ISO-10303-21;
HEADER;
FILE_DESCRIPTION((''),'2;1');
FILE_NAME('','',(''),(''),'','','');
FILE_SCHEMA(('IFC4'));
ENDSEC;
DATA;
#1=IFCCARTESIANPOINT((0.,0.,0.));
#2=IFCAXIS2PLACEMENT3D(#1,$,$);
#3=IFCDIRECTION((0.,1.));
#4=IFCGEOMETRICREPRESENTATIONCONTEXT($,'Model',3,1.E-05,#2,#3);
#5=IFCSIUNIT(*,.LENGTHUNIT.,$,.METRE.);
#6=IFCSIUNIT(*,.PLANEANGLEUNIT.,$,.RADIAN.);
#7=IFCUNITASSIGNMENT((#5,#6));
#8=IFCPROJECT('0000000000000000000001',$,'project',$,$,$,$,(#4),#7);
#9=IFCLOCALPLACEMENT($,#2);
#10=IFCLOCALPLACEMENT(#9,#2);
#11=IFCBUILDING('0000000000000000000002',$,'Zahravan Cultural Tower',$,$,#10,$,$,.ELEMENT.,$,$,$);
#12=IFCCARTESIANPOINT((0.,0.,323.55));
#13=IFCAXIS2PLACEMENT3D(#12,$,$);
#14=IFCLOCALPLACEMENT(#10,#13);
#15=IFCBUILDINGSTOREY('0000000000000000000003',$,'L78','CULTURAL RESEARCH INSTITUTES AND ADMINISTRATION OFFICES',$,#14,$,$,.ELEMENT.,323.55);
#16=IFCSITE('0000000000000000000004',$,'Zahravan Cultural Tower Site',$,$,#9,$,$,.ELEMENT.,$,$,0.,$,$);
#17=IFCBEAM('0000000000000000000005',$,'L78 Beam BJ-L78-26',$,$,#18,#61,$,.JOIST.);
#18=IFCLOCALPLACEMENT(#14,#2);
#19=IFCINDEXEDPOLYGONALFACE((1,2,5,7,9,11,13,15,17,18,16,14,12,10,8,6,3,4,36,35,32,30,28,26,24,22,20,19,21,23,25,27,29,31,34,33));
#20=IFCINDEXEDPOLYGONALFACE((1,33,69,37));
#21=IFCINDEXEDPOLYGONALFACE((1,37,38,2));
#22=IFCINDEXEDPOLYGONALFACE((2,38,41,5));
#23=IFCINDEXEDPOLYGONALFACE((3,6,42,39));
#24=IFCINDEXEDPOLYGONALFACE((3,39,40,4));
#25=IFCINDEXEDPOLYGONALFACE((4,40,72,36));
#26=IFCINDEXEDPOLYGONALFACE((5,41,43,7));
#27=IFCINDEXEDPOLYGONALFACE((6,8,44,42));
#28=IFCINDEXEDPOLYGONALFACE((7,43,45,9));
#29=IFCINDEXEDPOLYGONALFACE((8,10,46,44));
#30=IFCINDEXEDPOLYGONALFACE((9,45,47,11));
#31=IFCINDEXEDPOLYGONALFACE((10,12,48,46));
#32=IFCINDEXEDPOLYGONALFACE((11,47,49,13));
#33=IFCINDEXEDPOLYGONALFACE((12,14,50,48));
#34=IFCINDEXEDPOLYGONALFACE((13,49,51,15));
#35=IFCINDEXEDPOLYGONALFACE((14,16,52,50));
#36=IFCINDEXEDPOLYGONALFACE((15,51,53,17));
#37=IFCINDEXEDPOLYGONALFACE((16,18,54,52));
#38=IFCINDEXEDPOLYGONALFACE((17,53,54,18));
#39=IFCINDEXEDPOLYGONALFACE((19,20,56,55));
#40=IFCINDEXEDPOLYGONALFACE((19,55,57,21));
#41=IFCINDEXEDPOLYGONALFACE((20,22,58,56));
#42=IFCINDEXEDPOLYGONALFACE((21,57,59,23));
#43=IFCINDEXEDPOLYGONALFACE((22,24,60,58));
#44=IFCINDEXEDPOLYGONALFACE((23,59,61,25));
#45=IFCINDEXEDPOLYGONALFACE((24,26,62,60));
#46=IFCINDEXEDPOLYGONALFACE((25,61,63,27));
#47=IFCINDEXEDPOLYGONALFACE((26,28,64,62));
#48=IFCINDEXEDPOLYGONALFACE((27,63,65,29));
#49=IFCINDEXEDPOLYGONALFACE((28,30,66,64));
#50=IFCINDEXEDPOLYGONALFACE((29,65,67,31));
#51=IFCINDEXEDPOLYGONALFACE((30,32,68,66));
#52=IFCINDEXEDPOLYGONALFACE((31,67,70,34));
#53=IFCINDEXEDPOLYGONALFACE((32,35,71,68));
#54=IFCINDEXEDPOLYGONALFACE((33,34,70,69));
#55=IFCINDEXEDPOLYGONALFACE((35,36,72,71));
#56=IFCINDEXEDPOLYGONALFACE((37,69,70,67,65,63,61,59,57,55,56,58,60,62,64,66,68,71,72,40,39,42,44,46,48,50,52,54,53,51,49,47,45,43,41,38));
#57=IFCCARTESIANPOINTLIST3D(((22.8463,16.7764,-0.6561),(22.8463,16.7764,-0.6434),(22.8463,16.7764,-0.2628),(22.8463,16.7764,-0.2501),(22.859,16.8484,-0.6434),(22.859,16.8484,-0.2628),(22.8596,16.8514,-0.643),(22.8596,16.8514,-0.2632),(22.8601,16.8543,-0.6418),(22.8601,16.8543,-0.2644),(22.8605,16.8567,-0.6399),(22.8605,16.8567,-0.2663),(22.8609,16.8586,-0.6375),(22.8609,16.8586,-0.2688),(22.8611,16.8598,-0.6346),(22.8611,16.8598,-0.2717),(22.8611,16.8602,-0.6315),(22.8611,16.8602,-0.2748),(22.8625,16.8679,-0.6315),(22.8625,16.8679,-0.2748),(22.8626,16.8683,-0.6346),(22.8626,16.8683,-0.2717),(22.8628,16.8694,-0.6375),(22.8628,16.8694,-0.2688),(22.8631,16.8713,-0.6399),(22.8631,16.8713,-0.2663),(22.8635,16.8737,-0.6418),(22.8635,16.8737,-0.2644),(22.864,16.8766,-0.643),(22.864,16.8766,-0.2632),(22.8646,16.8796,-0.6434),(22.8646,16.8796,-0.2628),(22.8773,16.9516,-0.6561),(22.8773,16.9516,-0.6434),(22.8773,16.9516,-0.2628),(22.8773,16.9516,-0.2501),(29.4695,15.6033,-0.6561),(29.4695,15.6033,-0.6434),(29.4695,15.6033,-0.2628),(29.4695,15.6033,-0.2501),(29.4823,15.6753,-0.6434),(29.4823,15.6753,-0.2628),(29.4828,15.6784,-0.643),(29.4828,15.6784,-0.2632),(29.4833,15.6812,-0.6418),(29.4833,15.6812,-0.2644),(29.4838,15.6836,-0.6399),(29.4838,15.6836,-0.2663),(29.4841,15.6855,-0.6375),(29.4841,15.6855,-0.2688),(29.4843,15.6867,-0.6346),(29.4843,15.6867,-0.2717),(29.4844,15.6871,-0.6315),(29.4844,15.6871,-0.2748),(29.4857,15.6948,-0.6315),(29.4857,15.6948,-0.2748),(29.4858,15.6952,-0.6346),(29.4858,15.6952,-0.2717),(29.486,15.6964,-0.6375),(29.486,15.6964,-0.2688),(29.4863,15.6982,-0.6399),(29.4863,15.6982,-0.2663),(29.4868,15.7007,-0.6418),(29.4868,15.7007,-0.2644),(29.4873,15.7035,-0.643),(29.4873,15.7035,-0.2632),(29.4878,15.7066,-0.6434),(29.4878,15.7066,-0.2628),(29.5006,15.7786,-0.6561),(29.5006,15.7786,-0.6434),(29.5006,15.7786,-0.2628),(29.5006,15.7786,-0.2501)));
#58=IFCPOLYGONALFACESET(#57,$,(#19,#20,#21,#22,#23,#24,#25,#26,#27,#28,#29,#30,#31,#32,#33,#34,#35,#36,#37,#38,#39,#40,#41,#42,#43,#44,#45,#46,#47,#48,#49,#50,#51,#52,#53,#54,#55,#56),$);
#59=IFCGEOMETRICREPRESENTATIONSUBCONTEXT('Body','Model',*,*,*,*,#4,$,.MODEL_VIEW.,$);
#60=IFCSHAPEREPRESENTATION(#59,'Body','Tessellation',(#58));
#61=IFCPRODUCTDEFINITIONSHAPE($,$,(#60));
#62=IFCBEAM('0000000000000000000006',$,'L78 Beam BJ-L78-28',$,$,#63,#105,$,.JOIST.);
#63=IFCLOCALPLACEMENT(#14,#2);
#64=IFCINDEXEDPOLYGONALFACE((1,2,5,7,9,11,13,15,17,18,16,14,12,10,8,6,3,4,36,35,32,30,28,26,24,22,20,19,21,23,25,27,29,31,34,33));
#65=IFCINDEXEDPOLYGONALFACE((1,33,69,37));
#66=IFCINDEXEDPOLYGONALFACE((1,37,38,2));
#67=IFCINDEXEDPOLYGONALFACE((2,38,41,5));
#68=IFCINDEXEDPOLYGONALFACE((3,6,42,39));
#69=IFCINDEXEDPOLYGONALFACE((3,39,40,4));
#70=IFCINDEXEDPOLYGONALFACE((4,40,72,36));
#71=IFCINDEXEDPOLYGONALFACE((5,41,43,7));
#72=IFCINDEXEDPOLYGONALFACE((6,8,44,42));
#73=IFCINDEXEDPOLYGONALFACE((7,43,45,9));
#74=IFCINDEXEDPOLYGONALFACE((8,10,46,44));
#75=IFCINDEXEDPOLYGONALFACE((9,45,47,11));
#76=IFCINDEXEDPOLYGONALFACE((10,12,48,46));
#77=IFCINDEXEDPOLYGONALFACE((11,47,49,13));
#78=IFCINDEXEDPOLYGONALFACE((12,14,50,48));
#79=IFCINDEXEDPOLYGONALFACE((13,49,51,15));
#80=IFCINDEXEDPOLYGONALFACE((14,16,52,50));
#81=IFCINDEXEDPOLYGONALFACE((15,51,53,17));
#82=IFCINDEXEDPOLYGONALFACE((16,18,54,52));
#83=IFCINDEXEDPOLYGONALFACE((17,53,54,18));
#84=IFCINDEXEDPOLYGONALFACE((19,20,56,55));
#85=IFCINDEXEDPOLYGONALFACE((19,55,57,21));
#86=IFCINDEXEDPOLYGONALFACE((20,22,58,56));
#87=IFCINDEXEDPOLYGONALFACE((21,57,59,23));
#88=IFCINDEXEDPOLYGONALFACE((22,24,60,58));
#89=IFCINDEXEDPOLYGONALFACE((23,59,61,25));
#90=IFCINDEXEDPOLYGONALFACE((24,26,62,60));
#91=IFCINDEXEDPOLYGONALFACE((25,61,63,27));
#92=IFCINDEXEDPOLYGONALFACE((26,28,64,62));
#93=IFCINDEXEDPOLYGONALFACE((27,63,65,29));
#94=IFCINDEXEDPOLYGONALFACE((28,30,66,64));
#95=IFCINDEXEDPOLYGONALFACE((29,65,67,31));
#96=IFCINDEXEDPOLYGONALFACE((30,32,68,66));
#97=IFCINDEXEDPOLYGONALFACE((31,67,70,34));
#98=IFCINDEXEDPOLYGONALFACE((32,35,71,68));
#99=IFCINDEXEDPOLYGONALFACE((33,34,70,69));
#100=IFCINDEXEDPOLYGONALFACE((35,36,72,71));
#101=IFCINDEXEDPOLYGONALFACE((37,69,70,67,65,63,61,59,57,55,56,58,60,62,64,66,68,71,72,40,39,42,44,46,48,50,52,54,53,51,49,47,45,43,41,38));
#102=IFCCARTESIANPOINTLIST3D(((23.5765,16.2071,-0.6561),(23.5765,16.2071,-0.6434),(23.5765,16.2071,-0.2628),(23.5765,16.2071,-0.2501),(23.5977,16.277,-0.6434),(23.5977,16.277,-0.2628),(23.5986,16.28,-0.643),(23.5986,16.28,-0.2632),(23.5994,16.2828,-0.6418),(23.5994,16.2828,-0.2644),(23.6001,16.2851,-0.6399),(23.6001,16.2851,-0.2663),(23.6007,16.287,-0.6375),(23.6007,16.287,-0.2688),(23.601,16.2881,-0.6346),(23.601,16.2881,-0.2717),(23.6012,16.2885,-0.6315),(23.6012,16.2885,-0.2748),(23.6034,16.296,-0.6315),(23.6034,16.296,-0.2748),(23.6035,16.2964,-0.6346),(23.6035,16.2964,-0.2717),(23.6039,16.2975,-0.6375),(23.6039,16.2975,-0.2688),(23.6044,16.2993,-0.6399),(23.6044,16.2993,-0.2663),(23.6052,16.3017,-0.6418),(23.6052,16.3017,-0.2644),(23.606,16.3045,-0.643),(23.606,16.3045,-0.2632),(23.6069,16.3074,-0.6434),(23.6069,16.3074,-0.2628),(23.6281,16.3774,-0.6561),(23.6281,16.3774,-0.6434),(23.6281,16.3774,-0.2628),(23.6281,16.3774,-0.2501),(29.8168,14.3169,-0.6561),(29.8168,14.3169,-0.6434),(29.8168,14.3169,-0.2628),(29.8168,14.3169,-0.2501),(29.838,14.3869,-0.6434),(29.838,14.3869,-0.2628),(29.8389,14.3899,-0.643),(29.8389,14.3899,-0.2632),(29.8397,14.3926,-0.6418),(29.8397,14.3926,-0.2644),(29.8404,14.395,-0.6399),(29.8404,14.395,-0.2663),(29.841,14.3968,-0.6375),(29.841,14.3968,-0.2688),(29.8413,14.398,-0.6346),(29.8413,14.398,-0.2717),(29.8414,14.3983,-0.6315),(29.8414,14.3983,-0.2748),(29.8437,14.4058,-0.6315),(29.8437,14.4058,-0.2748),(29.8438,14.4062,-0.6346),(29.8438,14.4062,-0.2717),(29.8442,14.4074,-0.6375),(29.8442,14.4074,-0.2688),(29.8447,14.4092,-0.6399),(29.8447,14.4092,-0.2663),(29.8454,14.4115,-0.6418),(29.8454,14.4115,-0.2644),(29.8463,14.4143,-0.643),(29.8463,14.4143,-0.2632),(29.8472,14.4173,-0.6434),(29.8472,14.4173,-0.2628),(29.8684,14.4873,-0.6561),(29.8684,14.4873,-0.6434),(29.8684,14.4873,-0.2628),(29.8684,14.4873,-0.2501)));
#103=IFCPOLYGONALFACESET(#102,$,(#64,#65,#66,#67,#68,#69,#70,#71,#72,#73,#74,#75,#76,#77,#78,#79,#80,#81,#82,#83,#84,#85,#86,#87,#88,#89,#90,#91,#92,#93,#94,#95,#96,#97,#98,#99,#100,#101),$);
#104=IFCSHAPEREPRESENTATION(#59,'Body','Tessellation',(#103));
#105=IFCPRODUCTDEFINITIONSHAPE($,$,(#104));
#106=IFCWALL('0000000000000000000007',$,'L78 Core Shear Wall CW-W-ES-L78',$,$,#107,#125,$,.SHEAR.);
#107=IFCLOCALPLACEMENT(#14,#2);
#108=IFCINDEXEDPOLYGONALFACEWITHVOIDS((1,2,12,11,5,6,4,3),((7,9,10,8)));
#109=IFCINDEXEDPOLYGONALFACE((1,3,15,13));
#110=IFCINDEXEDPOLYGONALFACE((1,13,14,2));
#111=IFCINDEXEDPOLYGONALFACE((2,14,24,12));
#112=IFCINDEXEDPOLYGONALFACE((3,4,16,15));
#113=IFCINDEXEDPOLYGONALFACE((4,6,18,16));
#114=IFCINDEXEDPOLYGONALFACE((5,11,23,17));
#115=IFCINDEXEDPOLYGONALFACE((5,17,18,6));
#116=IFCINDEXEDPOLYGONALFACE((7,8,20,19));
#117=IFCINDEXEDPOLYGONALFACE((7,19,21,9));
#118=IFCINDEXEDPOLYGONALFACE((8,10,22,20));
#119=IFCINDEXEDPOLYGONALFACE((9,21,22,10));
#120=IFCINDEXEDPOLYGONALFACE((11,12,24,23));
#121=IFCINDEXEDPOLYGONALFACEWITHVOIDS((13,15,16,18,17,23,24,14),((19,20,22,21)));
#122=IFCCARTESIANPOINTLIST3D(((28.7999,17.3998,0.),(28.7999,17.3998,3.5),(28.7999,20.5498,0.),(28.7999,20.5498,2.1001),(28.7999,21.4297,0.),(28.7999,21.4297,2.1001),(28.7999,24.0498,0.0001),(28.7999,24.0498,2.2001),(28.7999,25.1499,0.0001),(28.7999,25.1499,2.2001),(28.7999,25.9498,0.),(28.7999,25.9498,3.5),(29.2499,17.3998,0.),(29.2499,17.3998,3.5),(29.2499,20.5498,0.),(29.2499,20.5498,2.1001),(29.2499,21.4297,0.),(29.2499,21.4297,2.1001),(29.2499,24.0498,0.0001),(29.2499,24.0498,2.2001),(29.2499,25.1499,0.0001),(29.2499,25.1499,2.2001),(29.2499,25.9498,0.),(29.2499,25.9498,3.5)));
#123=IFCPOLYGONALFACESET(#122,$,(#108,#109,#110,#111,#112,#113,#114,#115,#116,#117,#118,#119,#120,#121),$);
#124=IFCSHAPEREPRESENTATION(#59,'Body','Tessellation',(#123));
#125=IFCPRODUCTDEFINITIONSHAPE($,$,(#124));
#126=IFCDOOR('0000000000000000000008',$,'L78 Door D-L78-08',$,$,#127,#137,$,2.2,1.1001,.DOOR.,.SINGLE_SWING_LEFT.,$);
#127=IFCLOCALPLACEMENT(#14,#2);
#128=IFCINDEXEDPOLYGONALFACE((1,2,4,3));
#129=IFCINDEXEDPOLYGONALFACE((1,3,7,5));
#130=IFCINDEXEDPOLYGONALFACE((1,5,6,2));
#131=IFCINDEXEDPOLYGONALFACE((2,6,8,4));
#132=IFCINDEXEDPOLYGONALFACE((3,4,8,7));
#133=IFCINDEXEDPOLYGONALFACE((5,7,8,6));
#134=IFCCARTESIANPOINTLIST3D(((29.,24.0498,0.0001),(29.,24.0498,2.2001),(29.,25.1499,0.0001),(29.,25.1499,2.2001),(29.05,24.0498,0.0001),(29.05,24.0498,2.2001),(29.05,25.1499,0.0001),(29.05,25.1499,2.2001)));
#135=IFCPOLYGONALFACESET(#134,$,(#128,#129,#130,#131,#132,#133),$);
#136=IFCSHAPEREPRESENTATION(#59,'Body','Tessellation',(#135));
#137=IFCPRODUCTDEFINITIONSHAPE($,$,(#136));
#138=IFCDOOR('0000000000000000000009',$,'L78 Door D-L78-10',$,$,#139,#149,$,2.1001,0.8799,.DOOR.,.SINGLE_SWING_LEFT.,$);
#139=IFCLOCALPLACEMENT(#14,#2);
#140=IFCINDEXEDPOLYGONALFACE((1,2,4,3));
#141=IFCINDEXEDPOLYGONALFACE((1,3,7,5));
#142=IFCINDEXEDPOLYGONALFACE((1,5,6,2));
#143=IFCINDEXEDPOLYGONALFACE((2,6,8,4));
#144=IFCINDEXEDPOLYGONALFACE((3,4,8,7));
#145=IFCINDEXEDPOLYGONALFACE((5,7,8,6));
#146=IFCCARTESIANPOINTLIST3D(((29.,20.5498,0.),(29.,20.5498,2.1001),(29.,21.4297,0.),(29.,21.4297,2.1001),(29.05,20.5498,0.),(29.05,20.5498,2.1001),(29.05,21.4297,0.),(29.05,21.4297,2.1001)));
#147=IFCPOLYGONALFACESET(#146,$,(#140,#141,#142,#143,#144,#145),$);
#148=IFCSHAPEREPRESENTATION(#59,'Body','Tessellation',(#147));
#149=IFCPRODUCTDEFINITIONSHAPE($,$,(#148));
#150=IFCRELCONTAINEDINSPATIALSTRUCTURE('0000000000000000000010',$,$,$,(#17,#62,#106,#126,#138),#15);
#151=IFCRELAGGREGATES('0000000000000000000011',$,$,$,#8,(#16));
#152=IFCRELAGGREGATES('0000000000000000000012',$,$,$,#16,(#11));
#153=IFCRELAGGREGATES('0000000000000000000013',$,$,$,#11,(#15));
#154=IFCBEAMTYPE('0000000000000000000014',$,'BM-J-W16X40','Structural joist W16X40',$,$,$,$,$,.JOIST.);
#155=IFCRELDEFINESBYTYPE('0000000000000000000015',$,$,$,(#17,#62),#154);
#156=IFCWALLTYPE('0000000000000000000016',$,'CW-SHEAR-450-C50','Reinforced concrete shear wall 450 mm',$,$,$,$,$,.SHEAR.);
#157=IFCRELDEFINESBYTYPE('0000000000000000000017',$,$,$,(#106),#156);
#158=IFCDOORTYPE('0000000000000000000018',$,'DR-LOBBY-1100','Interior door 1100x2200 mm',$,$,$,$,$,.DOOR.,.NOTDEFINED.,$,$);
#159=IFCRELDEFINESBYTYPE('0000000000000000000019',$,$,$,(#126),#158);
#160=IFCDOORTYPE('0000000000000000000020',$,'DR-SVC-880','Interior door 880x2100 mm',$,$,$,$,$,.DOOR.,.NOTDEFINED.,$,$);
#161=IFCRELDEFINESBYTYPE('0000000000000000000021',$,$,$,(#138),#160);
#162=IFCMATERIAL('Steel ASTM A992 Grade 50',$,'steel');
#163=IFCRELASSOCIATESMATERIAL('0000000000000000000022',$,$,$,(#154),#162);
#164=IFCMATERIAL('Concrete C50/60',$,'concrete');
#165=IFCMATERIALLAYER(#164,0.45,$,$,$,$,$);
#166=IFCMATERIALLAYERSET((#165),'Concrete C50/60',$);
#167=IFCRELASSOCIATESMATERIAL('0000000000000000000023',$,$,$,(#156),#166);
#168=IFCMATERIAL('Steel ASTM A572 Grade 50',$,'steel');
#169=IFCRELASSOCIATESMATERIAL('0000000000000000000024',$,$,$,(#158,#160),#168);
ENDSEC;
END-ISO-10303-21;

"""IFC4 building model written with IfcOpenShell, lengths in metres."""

from ifc_helpers import new_model, si_unit, direction, frame, frame_2d, origin, origin_2d, place, context, subcontext, project, spatial, rectangle, i_section, extrude, source, transform, mapped, material, layer, layer_set, material_profile, profile_set, type_object, element, fill, save


model = new_model("IFC4")

# Units and contexts
model_context = context("Model", 3, precision=1e-05, world=origin(), true_north=direction((0.0, 1.0)))
body_context = subcontext(model_context, "Body", "Model", "MODEL_VIEW")
ifc_project = project(units=[si_unit("LENGTHUNIT", "METRE"), si_unit("PLANEANGLEUNIT", "RADIAN")], contexts=[model_context])

# Site, building, storey
site_placement = place(None, origin())
site = spatial("IfcSite", under=ifc_project, at=site_placement, Name="Zahravan Cultural Tower Site", CompositionType="ELEMENT", RefElevation=0.0)
building_placement = place(site_placement, origin())
building = spatial("IfcBuilding", under=site, at=building_placement, Name="Zahravan Cultural Tower", CompositionType="ELEMENT")
storey_placement = place(building_placement, frame((0.0, 0.0, 323.55)))
storey = spatial("IfcBuildingStorey", under=building, at=storey_placement, Name="L78", Description="CULTURAL RESEARCH INSTITUTES AND ADMINISTRATION OFFICES", CompositionType="ELEMENT", Elevation=323.55)

# Shared definitions
ifc_material_1 = material(Name="Steel ASTM A992 Grade 50", Category="steel")

# Beams
ifc_material_profile_1 = material_profile(ifc_material_1, i_section(OverallWidth=0.178, OverallDepth=0.406, WebThickness=0.0078, FlangeThickness=0.0127, FilletRadius=0.012, at=origin_2d()), Name="W16X40")
ifc_profile_set_1 = profile_set([ifc_material_profile_1], Name="Steel ASTM A992 Grade 50")
beam_type_1 = type_object("IfcBeamType", Name="BM-J-W16X40", Description="Structural joist W16X40", PredefinedType="JOIST", material=ifc_profile_set_1)
shared_shape_1 = source(origin(), body_context, "Body", "SweptSolid", [
    extrude(i_section(OverallWidth=0.178, OverallDepth=0.406, WebThickness=0.0078, FlangeThickness=0.0127, FilletRadius=0.012, at=origin_2d()), origin(), (0.0, 0.0, 1.0), 6.7263),
])
beam_1_placement = place(storey_placement, frame((22.8618, 16.864, -0.4531), z_axis=(0.984674, -0.174402, 0.0), x_axis=(0.174402, 0.984674, 0.0)))
element("IfcBeam", 1, at=beam_1_placement, inside=storey, type_object=beam_type_1, Name="L78 Beam BJ-L78-26", PredefinedType="JOIST", context=body_context, shape_type="MappedRepresentation", body=[
    mapped(shared_shape_1, transform((0.0, 0.0, 0.0), x_axis=(1.0, 0.0, 0.0), y_axis=(0.0, 1.0, 0.0), z_axis=(0.0, 0.0, 1.0), scale=1.0)),
])
shared_shape_2 = source(origin(), body_context, "Body", "SweptSolid", [
    extrude(i_section(OverallWidth=0.178, OverallDepth=0.406, WebThickness=0.0078, FlangeThickness=0.0127, FilletRadius=0.012, at=origin_2d()), origin(), (0.0, 0.0, 1.0), 6.5203),
])
beam_2_placement = place(storey_placement, frame((23.6023, 16.2922, -0.4531), z_axis=(0.95706, -0.289889, 0.0), x_axis=(0.289889, 0.95706, 0.0)))
element("IfcBeam", 2, at=beam_2_placement, inside=storey, type_object=beam_type_1, Name="L78 Beam BJ-L78-28", PredefinedType="JOIST", context=body_context, shape_type="MappedRepresentation", body=[
    mapped(shared_shape_2, transform((0.0, 0.0, 0.0), x_axis=(1.0, 0.0, 0.0), y_axis=(0.0, 1.0, 0.0), z_axis=(0.0, 0.0, 1.0), scale=1.0)),
])

# Wall, openings, doors
ifc_material_2 = material(Name="Concrete C50/60", Category="concrete")
ifc_layer_1 = layer(ifc_material_2, 0.45)
ifc_layer_set_1 = layer_set([ifc_layer_1], Name="Concrete C50/60")
wall_type_1 = type_object("IfcWallType", Name="CW-SHEAR-450-C50", Description="Reinforced concrete shear wall 450 mm", PredefinedType="SHEAR", material=ifc_layer_set_1)
wall_1_placement = place(storey_placement, frame((29.0249, 17.3999, 0.0), z_axis=(0.0, 0.0, 1.0), x_axis=(0.0, 1.0, 0.0)))
wall_1 = element("IfcWall", 3, at=wall_1_placement, inside=storey, type_object=wall_type_1, Name="L78 Core Shear Wall CW-W-ES-L78", PredefinedType="SHEAR", context=body_context, shape_type="SweptSolid", body=[
    extrude(rectangle(XDim=8.55, YDim=0.45, at=frame_2d((4.2749, 0.0))), origin(), (0.0, 0.0, 1.0), 3.5),
])
opening_1_placement = place(wall_1_placement, frame((6.6499, 0.0, 0.0)))
opening_1 = element("IfcOpeningElement", 4, at=opening_1_placement, cuts=wall_1, PredefinedType="OPENING", context=body_context, shape_type="SweptSolid", body=[
    extrude(rectangle(XDim=1.1001, YDim=2.2, at=frame_2d((0.55, 1.1001))), frame((0.0, 0.2349, 0.0), z_axis=(0.0, -1.0, 0.0), x_axis=(1.0, 0.0, 0.0)), (0.0, 0.0, 1.0), 0.47),
])
opening_2_placement = place(wall_1_placement, frame((3.1499, 0.0, 0.0)))
opening_2 = element("IfcOpeningElement", 5, at=opening_2_placement, cuts=wall_1, PredefinedType="OPENING", context=body_context, shape_type="SweptSolid", body=[
    extrude(rectangle(XDim=0.8799, YDim=2.1001, at=frame_2d((0.4399, 1.05))), frame((0.0, 0.2349, 0.0), z_axis=(0.0, -1.0, 0.0), x_axis=(1.0, 0.0, 0.0)), (0.0, 0.0, 1.0), 0.47),
])
ifc_material_3 = material(Name="Steel ASTM A572 Grade 50", Category="steel")
door_type_1 = type_object("IfcDoorType", Name="DR-LOBBY-1100", Description="Interior door 1100x2200 mm", OperationType="NOTDEFINED", PredefinedType="DOOR", material=ifc_material_3)
shared_shape_3 = source(origin(), body_context, "Body", "SweptSolid", [
    extrude(rectangle(XDim=1.1001, YDim=2.2, at=frame_2d((0.55, 1.1001))), frame((0.0, 0.0249, 0.0), z_axis=(0.0, -1.0, 0.0), x_axis=(1.0, 0.0, 0.0)), (0.0, 0.0, 1.0), 0.05),
])
door_1_placement = place(opening_1_placement, origin())
door_1 = element("IfcDoor", 6, at=door_1_placement, inside=storey, type_object=door_type_1, Name="L78 Door D-L78-08", OperationType="SINGLE_SWING_LEFT", OverallHeight=2.2, OverallWidth=1.1001, PredefinedType="DOOR", context=body_context, shape_type="MappedRepresentation", body=[
    mapped(shared_shape_3, transform((0.0, 0.0, 0.0), x_axis=(1.0, 0.0, 0.0), y_axis=(0.0, 1.0, 0.0), z_axis=(0.0, 0.0, 1.0), scale=1.0)),
])
fill(opening_1, door_1)
door_type_2 = type_object("IfcDoorType", Name="DR-SVC-880", Description="Interior door 880x2100 mm", OperationType="NOTDEFINED", PredefinedType="DOOR", material=ifc_material_3)
shared_shape_4 = source(origin(), body_context, "Body", "SweptSolid", [
    extrude(rectangle(XDim=0.8799, YDim=2.1001, at=frame_2d((0.4399, 1.05))), frame((0.0, 0.0249, 0.0), z_axis=(0.0, -1.0, 0.0), x_axis=(1.0, 0.0, 0.0)), (0.0, 0.0, 1.0), 0.05),
])
door_2_placement = place(opening_2_placement, origin())
door_2 = element("IfcDoor", 7, at=door_2_placement, inside=storey, type_object=door_type_2, Name="L78 Door D-L78-10", OperationType="SINGLE_SWING_LEFT", OverallHeight=2.1001, OverallWidth=0.8799, PredefinedType="DOOR", context=body_context, shape_type="MappedRepresentation", body=[
    mapped(shared_shape_4, transform((0.0, 0.0, 0.0), x_axis=(1.0, 0.0, 0.0), y_axis=(0.0, 1.0, 0.0), z_axis=(0.0, 0.0, 1.0), scale=1.0)),
])
fill(opening_2, door_2)

save(model, "model.ifc")
